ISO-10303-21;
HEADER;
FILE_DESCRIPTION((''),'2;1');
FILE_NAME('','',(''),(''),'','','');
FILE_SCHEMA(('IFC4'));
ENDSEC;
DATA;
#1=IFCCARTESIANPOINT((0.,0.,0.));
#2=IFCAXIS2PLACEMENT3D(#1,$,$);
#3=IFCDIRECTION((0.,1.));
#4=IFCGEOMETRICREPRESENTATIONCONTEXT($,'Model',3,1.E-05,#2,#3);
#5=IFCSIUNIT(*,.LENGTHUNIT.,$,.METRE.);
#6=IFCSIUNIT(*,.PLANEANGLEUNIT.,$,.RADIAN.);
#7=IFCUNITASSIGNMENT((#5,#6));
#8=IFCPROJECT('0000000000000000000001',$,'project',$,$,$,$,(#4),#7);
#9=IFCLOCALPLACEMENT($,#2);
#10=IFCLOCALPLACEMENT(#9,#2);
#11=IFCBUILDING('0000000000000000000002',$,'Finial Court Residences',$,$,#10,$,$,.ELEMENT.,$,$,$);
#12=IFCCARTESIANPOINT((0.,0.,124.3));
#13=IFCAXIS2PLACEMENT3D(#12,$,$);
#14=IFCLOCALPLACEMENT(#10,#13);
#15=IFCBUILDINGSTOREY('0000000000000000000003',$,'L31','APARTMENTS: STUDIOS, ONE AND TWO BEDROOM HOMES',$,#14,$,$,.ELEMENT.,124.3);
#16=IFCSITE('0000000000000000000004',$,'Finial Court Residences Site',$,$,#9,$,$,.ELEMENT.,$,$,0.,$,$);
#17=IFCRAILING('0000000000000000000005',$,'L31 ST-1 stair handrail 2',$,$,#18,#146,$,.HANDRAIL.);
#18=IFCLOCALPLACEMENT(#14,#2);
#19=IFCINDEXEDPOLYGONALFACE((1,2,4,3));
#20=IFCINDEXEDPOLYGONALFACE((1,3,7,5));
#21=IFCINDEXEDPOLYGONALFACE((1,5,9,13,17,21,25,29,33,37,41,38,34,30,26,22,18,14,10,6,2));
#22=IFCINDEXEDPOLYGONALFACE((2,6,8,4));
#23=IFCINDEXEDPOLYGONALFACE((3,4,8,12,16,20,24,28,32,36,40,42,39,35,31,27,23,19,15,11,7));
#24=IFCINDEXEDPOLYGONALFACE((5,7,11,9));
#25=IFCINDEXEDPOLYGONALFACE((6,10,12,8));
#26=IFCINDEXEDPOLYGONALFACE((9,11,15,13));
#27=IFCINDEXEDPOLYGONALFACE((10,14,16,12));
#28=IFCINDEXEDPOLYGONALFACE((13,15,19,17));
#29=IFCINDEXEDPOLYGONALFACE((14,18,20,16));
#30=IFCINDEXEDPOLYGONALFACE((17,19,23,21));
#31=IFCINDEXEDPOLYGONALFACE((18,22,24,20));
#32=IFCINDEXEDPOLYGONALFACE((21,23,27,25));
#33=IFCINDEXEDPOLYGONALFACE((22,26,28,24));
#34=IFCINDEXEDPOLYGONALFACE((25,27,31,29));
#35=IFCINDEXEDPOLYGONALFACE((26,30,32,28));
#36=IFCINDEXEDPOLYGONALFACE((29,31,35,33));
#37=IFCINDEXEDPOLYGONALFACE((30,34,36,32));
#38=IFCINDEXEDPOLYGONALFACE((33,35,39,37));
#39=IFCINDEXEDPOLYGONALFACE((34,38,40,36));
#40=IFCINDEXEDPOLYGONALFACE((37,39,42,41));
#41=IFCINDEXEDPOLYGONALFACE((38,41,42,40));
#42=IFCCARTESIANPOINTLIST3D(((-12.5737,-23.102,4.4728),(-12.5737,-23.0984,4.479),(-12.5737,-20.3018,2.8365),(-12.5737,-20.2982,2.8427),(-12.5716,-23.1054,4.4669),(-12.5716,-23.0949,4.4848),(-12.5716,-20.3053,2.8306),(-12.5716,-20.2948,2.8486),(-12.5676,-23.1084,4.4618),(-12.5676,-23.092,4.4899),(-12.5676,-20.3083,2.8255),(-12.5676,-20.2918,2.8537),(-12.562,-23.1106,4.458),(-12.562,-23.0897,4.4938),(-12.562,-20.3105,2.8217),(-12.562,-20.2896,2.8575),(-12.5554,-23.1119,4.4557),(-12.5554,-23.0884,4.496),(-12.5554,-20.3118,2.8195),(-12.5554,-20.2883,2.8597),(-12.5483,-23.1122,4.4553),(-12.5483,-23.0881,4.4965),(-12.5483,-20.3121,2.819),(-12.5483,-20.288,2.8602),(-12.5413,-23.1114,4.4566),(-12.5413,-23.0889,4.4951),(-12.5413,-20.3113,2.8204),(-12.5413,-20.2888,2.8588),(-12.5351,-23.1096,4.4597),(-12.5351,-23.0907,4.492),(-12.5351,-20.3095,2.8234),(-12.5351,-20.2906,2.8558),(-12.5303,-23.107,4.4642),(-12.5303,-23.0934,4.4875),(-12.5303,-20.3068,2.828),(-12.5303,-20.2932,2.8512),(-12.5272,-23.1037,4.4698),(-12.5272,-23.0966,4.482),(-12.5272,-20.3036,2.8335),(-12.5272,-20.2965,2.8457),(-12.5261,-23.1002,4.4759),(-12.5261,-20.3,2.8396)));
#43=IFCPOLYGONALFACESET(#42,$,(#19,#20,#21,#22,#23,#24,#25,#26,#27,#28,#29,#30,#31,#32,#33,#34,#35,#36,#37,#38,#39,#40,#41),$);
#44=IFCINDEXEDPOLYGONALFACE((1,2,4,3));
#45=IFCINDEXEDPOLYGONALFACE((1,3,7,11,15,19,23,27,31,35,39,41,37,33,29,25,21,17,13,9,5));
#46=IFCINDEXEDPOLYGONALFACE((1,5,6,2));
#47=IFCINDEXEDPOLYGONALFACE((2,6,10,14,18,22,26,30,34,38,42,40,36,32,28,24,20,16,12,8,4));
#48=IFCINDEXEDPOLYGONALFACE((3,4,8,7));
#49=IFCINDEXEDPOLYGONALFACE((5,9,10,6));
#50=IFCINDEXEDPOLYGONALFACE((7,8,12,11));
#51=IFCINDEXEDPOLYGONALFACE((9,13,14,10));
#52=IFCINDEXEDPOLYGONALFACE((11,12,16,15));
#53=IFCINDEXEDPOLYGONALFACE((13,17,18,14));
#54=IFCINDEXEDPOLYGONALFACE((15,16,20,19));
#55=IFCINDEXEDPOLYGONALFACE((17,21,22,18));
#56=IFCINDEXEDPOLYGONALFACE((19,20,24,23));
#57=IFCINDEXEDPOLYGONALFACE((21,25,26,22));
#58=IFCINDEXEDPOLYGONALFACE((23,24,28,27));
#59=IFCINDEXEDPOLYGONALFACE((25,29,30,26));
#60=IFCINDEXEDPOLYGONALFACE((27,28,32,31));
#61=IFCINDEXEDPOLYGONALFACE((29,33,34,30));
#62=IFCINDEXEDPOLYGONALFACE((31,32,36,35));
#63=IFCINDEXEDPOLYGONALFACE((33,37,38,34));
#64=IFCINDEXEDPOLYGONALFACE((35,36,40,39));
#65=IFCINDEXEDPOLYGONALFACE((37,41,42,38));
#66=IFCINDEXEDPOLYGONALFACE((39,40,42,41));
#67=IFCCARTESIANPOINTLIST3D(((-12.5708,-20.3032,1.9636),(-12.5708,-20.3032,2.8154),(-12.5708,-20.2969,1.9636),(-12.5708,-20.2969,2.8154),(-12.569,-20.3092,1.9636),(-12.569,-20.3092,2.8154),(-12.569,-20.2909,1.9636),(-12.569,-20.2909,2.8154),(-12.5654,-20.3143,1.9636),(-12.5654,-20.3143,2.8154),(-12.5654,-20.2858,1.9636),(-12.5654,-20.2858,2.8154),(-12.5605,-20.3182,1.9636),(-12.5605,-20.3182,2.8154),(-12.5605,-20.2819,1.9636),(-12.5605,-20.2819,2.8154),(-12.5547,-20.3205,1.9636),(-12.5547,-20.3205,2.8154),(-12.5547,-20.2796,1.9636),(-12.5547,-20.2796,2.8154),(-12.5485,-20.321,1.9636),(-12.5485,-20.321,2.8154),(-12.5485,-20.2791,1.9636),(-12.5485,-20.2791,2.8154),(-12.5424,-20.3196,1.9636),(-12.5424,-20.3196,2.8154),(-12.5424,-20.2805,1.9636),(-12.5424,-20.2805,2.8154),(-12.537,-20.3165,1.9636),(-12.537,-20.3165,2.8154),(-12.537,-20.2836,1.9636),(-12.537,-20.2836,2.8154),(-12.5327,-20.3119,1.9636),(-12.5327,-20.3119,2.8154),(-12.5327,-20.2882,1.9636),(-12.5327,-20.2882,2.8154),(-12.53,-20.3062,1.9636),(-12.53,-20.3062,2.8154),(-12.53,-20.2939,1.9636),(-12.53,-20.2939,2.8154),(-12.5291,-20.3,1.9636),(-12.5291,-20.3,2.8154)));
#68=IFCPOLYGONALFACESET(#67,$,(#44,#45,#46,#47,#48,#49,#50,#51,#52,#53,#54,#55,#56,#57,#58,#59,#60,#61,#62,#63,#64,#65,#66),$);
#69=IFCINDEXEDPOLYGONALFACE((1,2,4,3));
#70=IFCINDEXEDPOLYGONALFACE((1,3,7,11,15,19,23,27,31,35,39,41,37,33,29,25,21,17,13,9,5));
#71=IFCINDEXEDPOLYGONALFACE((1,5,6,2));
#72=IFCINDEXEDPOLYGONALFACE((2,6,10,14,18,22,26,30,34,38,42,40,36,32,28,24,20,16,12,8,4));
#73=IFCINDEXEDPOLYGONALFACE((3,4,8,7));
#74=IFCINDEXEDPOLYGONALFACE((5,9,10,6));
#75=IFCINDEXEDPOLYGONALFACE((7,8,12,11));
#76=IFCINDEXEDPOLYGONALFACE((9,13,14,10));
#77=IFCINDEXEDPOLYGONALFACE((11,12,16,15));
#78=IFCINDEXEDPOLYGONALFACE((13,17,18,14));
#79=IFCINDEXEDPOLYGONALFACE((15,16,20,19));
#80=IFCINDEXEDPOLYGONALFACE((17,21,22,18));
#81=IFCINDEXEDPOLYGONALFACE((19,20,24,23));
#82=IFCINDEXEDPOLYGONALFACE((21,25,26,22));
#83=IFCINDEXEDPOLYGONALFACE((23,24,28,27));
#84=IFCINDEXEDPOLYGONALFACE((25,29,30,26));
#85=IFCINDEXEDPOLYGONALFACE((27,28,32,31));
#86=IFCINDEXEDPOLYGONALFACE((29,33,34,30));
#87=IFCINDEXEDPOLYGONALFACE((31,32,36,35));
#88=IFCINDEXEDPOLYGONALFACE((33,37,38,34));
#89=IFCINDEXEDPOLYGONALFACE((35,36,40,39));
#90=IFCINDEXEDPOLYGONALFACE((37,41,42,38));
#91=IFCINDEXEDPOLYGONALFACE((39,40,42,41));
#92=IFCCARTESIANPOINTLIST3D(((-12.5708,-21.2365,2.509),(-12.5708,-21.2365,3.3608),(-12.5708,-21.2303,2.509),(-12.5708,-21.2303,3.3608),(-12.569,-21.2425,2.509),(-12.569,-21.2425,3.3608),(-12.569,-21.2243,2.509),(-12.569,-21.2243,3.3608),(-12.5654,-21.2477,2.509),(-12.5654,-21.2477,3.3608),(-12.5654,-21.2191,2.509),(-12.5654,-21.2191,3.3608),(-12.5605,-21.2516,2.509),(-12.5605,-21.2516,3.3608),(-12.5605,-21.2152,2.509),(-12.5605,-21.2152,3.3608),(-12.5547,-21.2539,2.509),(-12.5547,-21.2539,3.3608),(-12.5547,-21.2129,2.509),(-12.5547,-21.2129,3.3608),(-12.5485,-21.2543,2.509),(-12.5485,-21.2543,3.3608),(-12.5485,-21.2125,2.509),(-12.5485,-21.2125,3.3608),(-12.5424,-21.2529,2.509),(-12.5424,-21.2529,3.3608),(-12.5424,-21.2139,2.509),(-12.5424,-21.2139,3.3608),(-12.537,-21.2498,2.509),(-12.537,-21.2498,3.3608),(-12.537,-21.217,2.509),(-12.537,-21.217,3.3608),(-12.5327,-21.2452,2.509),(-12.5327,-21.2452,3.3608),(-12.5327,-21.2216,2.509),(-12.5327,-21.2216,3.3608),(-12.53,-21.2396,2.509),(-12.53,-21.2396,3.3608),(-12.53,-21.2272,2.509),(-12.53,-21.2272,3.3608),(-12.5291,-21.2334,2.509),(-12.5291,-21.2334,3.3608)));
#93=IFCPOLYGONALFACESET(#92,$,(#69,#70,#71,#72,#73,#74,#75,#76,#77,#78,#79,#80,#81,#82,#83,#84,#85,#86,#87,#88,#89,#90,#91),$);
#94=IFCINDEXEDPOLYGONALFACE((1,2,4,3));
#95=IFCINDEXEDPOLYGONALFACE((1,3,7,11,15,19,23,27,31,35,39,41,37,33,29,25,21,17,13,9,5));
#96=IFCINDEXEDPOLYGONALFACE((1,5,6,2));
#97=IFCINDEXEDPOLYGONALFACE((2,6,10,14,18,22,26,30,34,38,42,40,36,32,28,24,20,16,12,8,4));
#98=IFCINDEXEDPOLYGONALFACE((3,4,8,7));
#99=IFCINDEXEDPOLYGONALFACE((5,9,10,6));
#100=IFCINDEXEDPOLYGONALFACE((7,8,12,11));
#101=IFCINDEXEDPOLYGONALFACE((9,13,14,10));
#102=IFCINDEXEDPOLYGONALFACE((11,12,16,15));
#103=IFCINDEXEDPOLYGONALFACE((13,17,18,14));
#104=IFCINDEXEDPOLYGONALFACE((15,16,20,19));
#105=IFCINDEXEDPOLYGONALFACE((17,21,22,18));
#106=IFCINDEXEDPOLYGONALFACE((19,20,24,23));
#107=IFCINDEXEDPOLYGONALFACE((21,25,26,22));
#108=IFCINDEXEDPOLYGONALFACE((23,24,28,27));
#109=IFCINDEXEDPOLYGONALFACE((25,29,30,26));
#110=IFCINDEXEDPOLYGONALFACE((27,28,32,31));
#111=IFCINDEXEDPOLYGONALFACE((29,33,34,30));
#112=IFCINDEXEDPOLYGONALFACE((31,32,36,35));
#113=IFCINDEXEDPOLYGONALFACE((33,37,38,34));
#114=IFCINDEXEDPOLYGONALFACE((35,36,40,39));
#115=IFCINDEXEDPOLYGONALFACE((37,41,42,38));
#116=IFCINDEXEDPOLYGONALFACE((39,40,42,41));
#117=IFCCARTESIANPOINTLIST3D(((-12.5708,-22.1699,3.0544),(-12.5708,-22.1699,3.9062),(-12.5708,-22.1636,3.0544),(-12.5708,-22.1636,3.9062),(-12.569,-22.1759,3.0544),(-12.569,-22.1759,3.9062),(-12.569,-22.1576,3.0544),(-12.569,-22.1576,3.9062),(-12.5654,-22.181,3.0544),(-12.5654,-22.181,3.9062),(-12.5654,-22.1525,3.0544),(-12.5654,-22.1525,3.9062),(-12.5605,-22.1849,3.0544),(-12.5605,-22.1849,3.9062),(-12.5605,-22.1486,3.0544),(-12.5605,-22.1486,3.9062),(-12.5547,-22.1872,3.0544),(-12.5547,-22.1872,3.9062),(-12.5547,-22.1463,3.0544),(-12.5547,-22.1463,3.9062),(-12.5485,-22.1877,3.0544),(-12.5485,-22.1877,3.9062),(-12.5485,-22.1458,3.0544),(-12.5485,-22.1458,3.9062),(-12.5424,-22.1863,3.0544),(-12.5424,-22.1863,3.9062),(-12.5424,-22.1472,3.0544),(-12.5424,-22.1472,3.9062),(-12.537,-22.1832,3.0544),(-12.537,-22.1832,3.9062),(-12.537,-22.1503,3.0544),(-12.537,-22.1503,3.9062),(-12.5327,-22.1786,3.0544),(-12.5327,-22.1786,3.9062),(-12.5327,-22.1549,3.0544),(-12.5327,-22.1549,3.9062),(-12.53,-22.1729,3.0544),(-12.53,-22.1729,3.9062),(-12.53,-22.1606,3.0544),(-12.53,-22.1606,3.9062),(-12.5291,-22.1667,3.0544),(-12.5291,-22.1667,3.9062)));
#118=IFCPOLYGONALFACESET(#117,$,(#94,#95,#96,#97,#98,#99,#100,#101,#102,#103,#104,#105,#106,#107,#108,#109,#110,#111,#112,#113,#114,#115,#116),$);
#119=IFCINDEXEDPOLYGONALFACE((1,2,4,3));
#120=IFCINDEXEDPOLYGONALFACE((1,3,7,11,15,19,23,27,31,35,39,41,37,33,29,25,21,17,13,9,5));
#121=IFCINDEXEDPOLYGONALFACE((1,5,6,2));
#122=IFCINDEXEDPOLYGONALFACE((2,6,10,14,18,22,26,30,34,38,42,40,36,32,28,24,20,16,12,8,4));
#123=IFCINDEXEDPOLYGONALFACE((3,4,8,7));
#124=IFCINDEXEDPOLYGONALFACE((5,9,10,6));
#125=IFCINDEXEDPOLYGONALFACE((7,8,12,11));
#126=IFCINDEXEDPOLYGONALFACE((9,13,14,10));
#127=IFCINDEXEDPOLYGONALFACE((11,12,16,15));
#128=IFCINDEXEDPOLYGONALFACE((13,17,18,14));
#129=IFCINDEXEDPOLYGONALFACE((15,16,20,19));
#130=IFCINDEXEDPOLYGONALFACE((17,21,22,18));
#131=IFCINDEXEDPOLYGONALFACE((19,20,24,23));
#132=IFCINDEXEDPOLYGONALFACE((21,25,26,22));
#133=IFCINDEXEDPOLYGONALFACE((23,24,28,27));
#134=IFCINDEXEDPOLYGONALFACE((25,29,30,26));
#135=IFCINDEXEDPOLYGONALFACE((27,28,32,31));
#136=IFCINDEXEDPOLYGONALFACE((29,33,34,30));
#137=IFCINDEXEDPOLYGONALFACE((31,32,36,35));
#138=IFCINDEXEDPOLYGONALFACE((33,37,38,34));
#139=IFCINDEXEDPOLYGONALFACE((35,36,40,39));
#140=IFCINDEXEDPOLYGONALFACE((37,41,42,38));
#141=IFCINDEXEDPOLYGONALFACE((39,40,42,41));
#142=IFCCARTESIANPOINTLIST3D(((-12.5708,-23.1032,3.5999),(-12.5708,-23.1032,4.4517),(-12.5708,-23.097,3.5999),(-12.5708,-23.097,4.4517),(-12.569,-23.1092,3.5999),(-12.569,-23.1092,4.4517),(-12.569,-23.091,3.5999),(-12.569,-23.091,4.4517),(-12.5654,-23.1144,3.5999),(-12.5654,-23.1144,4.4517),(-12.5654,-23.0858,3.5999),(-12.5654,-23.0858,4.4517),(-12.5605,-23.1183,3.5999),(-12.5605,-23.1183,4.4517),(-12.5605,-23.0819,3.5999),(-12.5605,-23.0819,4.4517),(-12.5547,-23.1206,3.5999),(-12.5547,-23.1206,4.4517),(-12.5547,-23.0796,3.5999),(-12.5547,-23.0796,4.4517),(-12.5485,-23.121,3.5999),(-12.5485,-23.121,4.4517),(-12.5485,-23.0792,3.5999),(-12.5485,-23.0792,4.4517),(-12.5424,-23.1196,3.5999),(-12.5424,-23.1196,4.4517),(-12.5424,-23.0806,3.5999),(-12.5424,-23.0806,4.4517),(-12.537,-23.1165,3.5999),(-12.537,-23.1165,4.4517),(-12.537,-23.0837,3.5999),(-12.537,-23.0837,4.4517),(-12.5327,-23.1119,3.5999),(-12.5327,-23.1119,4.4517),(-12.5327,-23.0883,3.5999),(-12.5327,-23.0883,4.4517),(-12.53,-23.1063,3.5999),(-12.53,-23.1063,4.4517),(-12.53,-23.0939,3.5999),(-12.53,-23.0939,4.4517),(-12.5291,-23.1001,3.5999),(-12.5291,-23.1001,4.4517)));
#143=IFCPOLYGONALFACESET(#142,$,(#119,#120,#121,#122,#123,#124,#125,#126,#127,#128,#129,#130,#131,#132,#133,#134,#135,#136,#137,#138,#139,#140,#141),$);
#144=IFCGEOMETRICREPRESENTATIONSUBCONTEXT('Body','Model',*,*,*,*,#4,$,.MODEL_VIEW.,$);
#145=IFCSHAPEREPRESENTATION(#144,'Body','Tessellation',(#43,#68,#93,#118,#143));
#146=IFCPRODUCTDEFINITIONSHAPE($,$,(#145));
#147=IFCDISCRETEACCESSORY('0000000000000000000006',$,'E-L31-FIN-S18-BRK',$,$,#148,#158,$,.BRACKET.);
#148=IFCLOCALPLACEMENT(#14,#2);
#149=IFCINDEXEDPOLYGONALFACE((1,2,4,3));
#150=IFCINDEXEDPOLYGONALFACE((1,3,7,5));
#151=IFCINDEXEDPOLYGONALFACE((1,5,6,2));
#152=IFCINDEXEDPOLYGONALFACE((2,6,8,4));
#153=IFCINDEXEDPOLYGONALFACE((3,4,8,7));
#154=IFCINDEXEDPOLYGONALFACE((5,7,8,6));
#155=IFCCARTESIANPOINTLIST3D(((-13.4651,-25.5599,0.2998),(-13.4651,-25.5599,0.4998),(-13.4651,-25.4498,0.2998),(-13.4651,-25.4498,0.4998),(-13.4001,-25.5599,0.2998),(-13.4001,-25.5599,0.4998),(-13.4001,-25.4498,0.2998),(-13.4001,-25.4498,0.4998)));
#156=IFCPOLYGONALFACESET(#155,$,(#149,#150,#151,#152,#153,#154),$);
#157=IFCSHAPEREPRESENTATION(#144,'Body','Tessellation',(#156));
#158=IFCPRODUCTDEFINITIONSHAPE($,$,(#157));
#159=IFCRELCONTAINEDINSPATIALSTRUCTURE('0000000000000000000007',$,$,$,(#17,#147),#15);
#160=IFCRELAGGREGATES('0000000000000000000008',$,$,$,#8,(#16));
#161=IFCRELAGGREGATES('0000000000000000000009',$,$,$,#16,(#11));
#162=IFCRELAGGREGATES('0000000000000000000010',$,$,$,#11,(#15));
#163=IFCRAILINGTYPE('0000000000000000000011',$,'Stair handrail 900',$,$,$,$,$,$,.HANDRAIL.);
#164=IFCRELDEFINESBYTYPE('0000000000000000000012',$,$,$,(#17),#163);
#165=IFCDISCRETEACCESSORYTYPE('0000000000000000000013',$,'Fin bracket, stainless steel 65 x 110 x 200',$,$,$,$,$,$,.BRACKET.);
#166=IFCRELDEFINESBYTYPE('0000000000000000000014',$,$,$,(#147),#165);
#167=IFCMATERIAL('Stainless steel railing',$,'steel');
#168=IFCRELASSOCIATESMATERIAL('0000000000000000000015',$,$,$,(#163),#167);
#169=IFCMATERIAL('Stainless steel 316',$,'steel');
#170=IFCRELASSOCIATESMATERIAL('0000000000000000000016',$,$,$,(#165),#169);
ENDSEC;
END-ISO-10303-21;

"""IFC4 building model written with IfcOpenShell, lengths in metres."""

from ifc_helpers import new_model, si_unit, direction, frame, origin, origin_2d, place, context, subcontext, project, spatial, rectangle, circle, extrude, material, type_object, element, save


model = new_model("IFC4")

# Units and contexts
model_context = context("Model", 3, precision=1e-05, world=origin(), true_north=direction((0.0, 1.0)))
body_context = subcontext(model_context, "Body", "Model", "MODEL_VIEW")
ifc_project = project(units=[si_unit("LENGTHUNIT", "METRE"), si_unit("PLANEANGLEUNIT", "RADIAN")], contexts=[model_context])

# Site, building, storey
site_placement = place(None, origin())
site = spatial("IfcSite", under=ifc_project, at=site_placement, Name="Finial Court Residences Site", CompositionType="ELEMENT", RefElevation=0.0)
building_placement = place(site_placement, origin())
building = spatial("IfcBuilding", under=site, at=building_placement, Name="Finial Court Residences", CompositionType="ELEMENT")
storey_placement = place(building_placement, frame((0.0, 0.0, 124.3)))
storey = spatial("IfcBuildingStorey", under=building, at=storey_placement, Name="L31", Description="APARTMENTS: STUDIOS, ONE AND TWO BEDROOM HOMES", CompositionType="ELEMENT", Elevation=124.3)

# Railing
ifc_material_1 = material(Name="Stainless steel railing", Category="steel")
railing_type_1 = type_object("IfcRailingType", Name="Stair handrail 900", PredefinedType="HANDRAIL", material=ifc_material_1)
railing_1_placement = place(storey_placement, frame((-12.55, -20.3, 1.9636)))
element("IfcRailing", 1, at=railing_1_placement, inside=storey, type_object=railing_type_1, Name="L31 ST-1 stair handrail 2", PredefinedType="HANDRAIL", context=body_context, shape_type="SweptSolid", body=[
    extrude(circle(Radius=0.0239, at=origin_2d()), frame((0.0, 0.0, 0.876), z_axis=(0.0, -0.863394, 0.504531), x_axis=(1.0, 0.0, 0.0)), (0.0, 0.0, 1.0), 3.2432),
    extrude(circle(Radius=0.021, at=origin_2d()), origin(), (0.0, 0.0, 1.0), 0.8518),
    extrude(circle(Radius=0.021, at=origin_2d()), frame((0.0, -0.9333, 0.5454)), (0.0, 0.0, 1.0), 0.8518),
    extrude(circle(Radius=0.021, at=origin_2d()), frame((0.0, -1.8667, 1.0908)), (0.0, 0.0, 1.0), 0.8518),
    extrude(circle(Radius=0.021, at=origin_2d()), frame((0.0, -2.8, 1.6362)), (0.0, 0.0, 1.0), 0.8518),
])

# Discrete accessory
ifc_material_2 = material(Name="Stainless steel 316", Category="steel")
discrete_accessory_type = type_object("IfcDiscreteAccessoryType", Name="Fin bracket, stainless steel 65 x 110 x 200", PredefinedType="BRACKET", material=ifc_material_2)
discrete_accessory_placement = place(storey_placement, frame((-13.4326, -25.5049, 0.2998), z_axis=(0.0, 0.0, 1.0), x_axis=(1.0, 0.0, 0.0)))
element("IfcDiscreteAccessory", 2, at=discrete_accessory_placement, inside=storey, type_object=discrete_accessory_type, Name="E-L31-FIN-S18-BRK", PredefinedType="BRACKET", context=body_context, shape_type="SweptSolid", body=[
    extrude(rectangle(XDim=0.0649, YDim=0.1101, at=origin_2d()), origin(), (0.0, 0.0, 1.0), 0.2),
])

save(model, "model.ifc")
